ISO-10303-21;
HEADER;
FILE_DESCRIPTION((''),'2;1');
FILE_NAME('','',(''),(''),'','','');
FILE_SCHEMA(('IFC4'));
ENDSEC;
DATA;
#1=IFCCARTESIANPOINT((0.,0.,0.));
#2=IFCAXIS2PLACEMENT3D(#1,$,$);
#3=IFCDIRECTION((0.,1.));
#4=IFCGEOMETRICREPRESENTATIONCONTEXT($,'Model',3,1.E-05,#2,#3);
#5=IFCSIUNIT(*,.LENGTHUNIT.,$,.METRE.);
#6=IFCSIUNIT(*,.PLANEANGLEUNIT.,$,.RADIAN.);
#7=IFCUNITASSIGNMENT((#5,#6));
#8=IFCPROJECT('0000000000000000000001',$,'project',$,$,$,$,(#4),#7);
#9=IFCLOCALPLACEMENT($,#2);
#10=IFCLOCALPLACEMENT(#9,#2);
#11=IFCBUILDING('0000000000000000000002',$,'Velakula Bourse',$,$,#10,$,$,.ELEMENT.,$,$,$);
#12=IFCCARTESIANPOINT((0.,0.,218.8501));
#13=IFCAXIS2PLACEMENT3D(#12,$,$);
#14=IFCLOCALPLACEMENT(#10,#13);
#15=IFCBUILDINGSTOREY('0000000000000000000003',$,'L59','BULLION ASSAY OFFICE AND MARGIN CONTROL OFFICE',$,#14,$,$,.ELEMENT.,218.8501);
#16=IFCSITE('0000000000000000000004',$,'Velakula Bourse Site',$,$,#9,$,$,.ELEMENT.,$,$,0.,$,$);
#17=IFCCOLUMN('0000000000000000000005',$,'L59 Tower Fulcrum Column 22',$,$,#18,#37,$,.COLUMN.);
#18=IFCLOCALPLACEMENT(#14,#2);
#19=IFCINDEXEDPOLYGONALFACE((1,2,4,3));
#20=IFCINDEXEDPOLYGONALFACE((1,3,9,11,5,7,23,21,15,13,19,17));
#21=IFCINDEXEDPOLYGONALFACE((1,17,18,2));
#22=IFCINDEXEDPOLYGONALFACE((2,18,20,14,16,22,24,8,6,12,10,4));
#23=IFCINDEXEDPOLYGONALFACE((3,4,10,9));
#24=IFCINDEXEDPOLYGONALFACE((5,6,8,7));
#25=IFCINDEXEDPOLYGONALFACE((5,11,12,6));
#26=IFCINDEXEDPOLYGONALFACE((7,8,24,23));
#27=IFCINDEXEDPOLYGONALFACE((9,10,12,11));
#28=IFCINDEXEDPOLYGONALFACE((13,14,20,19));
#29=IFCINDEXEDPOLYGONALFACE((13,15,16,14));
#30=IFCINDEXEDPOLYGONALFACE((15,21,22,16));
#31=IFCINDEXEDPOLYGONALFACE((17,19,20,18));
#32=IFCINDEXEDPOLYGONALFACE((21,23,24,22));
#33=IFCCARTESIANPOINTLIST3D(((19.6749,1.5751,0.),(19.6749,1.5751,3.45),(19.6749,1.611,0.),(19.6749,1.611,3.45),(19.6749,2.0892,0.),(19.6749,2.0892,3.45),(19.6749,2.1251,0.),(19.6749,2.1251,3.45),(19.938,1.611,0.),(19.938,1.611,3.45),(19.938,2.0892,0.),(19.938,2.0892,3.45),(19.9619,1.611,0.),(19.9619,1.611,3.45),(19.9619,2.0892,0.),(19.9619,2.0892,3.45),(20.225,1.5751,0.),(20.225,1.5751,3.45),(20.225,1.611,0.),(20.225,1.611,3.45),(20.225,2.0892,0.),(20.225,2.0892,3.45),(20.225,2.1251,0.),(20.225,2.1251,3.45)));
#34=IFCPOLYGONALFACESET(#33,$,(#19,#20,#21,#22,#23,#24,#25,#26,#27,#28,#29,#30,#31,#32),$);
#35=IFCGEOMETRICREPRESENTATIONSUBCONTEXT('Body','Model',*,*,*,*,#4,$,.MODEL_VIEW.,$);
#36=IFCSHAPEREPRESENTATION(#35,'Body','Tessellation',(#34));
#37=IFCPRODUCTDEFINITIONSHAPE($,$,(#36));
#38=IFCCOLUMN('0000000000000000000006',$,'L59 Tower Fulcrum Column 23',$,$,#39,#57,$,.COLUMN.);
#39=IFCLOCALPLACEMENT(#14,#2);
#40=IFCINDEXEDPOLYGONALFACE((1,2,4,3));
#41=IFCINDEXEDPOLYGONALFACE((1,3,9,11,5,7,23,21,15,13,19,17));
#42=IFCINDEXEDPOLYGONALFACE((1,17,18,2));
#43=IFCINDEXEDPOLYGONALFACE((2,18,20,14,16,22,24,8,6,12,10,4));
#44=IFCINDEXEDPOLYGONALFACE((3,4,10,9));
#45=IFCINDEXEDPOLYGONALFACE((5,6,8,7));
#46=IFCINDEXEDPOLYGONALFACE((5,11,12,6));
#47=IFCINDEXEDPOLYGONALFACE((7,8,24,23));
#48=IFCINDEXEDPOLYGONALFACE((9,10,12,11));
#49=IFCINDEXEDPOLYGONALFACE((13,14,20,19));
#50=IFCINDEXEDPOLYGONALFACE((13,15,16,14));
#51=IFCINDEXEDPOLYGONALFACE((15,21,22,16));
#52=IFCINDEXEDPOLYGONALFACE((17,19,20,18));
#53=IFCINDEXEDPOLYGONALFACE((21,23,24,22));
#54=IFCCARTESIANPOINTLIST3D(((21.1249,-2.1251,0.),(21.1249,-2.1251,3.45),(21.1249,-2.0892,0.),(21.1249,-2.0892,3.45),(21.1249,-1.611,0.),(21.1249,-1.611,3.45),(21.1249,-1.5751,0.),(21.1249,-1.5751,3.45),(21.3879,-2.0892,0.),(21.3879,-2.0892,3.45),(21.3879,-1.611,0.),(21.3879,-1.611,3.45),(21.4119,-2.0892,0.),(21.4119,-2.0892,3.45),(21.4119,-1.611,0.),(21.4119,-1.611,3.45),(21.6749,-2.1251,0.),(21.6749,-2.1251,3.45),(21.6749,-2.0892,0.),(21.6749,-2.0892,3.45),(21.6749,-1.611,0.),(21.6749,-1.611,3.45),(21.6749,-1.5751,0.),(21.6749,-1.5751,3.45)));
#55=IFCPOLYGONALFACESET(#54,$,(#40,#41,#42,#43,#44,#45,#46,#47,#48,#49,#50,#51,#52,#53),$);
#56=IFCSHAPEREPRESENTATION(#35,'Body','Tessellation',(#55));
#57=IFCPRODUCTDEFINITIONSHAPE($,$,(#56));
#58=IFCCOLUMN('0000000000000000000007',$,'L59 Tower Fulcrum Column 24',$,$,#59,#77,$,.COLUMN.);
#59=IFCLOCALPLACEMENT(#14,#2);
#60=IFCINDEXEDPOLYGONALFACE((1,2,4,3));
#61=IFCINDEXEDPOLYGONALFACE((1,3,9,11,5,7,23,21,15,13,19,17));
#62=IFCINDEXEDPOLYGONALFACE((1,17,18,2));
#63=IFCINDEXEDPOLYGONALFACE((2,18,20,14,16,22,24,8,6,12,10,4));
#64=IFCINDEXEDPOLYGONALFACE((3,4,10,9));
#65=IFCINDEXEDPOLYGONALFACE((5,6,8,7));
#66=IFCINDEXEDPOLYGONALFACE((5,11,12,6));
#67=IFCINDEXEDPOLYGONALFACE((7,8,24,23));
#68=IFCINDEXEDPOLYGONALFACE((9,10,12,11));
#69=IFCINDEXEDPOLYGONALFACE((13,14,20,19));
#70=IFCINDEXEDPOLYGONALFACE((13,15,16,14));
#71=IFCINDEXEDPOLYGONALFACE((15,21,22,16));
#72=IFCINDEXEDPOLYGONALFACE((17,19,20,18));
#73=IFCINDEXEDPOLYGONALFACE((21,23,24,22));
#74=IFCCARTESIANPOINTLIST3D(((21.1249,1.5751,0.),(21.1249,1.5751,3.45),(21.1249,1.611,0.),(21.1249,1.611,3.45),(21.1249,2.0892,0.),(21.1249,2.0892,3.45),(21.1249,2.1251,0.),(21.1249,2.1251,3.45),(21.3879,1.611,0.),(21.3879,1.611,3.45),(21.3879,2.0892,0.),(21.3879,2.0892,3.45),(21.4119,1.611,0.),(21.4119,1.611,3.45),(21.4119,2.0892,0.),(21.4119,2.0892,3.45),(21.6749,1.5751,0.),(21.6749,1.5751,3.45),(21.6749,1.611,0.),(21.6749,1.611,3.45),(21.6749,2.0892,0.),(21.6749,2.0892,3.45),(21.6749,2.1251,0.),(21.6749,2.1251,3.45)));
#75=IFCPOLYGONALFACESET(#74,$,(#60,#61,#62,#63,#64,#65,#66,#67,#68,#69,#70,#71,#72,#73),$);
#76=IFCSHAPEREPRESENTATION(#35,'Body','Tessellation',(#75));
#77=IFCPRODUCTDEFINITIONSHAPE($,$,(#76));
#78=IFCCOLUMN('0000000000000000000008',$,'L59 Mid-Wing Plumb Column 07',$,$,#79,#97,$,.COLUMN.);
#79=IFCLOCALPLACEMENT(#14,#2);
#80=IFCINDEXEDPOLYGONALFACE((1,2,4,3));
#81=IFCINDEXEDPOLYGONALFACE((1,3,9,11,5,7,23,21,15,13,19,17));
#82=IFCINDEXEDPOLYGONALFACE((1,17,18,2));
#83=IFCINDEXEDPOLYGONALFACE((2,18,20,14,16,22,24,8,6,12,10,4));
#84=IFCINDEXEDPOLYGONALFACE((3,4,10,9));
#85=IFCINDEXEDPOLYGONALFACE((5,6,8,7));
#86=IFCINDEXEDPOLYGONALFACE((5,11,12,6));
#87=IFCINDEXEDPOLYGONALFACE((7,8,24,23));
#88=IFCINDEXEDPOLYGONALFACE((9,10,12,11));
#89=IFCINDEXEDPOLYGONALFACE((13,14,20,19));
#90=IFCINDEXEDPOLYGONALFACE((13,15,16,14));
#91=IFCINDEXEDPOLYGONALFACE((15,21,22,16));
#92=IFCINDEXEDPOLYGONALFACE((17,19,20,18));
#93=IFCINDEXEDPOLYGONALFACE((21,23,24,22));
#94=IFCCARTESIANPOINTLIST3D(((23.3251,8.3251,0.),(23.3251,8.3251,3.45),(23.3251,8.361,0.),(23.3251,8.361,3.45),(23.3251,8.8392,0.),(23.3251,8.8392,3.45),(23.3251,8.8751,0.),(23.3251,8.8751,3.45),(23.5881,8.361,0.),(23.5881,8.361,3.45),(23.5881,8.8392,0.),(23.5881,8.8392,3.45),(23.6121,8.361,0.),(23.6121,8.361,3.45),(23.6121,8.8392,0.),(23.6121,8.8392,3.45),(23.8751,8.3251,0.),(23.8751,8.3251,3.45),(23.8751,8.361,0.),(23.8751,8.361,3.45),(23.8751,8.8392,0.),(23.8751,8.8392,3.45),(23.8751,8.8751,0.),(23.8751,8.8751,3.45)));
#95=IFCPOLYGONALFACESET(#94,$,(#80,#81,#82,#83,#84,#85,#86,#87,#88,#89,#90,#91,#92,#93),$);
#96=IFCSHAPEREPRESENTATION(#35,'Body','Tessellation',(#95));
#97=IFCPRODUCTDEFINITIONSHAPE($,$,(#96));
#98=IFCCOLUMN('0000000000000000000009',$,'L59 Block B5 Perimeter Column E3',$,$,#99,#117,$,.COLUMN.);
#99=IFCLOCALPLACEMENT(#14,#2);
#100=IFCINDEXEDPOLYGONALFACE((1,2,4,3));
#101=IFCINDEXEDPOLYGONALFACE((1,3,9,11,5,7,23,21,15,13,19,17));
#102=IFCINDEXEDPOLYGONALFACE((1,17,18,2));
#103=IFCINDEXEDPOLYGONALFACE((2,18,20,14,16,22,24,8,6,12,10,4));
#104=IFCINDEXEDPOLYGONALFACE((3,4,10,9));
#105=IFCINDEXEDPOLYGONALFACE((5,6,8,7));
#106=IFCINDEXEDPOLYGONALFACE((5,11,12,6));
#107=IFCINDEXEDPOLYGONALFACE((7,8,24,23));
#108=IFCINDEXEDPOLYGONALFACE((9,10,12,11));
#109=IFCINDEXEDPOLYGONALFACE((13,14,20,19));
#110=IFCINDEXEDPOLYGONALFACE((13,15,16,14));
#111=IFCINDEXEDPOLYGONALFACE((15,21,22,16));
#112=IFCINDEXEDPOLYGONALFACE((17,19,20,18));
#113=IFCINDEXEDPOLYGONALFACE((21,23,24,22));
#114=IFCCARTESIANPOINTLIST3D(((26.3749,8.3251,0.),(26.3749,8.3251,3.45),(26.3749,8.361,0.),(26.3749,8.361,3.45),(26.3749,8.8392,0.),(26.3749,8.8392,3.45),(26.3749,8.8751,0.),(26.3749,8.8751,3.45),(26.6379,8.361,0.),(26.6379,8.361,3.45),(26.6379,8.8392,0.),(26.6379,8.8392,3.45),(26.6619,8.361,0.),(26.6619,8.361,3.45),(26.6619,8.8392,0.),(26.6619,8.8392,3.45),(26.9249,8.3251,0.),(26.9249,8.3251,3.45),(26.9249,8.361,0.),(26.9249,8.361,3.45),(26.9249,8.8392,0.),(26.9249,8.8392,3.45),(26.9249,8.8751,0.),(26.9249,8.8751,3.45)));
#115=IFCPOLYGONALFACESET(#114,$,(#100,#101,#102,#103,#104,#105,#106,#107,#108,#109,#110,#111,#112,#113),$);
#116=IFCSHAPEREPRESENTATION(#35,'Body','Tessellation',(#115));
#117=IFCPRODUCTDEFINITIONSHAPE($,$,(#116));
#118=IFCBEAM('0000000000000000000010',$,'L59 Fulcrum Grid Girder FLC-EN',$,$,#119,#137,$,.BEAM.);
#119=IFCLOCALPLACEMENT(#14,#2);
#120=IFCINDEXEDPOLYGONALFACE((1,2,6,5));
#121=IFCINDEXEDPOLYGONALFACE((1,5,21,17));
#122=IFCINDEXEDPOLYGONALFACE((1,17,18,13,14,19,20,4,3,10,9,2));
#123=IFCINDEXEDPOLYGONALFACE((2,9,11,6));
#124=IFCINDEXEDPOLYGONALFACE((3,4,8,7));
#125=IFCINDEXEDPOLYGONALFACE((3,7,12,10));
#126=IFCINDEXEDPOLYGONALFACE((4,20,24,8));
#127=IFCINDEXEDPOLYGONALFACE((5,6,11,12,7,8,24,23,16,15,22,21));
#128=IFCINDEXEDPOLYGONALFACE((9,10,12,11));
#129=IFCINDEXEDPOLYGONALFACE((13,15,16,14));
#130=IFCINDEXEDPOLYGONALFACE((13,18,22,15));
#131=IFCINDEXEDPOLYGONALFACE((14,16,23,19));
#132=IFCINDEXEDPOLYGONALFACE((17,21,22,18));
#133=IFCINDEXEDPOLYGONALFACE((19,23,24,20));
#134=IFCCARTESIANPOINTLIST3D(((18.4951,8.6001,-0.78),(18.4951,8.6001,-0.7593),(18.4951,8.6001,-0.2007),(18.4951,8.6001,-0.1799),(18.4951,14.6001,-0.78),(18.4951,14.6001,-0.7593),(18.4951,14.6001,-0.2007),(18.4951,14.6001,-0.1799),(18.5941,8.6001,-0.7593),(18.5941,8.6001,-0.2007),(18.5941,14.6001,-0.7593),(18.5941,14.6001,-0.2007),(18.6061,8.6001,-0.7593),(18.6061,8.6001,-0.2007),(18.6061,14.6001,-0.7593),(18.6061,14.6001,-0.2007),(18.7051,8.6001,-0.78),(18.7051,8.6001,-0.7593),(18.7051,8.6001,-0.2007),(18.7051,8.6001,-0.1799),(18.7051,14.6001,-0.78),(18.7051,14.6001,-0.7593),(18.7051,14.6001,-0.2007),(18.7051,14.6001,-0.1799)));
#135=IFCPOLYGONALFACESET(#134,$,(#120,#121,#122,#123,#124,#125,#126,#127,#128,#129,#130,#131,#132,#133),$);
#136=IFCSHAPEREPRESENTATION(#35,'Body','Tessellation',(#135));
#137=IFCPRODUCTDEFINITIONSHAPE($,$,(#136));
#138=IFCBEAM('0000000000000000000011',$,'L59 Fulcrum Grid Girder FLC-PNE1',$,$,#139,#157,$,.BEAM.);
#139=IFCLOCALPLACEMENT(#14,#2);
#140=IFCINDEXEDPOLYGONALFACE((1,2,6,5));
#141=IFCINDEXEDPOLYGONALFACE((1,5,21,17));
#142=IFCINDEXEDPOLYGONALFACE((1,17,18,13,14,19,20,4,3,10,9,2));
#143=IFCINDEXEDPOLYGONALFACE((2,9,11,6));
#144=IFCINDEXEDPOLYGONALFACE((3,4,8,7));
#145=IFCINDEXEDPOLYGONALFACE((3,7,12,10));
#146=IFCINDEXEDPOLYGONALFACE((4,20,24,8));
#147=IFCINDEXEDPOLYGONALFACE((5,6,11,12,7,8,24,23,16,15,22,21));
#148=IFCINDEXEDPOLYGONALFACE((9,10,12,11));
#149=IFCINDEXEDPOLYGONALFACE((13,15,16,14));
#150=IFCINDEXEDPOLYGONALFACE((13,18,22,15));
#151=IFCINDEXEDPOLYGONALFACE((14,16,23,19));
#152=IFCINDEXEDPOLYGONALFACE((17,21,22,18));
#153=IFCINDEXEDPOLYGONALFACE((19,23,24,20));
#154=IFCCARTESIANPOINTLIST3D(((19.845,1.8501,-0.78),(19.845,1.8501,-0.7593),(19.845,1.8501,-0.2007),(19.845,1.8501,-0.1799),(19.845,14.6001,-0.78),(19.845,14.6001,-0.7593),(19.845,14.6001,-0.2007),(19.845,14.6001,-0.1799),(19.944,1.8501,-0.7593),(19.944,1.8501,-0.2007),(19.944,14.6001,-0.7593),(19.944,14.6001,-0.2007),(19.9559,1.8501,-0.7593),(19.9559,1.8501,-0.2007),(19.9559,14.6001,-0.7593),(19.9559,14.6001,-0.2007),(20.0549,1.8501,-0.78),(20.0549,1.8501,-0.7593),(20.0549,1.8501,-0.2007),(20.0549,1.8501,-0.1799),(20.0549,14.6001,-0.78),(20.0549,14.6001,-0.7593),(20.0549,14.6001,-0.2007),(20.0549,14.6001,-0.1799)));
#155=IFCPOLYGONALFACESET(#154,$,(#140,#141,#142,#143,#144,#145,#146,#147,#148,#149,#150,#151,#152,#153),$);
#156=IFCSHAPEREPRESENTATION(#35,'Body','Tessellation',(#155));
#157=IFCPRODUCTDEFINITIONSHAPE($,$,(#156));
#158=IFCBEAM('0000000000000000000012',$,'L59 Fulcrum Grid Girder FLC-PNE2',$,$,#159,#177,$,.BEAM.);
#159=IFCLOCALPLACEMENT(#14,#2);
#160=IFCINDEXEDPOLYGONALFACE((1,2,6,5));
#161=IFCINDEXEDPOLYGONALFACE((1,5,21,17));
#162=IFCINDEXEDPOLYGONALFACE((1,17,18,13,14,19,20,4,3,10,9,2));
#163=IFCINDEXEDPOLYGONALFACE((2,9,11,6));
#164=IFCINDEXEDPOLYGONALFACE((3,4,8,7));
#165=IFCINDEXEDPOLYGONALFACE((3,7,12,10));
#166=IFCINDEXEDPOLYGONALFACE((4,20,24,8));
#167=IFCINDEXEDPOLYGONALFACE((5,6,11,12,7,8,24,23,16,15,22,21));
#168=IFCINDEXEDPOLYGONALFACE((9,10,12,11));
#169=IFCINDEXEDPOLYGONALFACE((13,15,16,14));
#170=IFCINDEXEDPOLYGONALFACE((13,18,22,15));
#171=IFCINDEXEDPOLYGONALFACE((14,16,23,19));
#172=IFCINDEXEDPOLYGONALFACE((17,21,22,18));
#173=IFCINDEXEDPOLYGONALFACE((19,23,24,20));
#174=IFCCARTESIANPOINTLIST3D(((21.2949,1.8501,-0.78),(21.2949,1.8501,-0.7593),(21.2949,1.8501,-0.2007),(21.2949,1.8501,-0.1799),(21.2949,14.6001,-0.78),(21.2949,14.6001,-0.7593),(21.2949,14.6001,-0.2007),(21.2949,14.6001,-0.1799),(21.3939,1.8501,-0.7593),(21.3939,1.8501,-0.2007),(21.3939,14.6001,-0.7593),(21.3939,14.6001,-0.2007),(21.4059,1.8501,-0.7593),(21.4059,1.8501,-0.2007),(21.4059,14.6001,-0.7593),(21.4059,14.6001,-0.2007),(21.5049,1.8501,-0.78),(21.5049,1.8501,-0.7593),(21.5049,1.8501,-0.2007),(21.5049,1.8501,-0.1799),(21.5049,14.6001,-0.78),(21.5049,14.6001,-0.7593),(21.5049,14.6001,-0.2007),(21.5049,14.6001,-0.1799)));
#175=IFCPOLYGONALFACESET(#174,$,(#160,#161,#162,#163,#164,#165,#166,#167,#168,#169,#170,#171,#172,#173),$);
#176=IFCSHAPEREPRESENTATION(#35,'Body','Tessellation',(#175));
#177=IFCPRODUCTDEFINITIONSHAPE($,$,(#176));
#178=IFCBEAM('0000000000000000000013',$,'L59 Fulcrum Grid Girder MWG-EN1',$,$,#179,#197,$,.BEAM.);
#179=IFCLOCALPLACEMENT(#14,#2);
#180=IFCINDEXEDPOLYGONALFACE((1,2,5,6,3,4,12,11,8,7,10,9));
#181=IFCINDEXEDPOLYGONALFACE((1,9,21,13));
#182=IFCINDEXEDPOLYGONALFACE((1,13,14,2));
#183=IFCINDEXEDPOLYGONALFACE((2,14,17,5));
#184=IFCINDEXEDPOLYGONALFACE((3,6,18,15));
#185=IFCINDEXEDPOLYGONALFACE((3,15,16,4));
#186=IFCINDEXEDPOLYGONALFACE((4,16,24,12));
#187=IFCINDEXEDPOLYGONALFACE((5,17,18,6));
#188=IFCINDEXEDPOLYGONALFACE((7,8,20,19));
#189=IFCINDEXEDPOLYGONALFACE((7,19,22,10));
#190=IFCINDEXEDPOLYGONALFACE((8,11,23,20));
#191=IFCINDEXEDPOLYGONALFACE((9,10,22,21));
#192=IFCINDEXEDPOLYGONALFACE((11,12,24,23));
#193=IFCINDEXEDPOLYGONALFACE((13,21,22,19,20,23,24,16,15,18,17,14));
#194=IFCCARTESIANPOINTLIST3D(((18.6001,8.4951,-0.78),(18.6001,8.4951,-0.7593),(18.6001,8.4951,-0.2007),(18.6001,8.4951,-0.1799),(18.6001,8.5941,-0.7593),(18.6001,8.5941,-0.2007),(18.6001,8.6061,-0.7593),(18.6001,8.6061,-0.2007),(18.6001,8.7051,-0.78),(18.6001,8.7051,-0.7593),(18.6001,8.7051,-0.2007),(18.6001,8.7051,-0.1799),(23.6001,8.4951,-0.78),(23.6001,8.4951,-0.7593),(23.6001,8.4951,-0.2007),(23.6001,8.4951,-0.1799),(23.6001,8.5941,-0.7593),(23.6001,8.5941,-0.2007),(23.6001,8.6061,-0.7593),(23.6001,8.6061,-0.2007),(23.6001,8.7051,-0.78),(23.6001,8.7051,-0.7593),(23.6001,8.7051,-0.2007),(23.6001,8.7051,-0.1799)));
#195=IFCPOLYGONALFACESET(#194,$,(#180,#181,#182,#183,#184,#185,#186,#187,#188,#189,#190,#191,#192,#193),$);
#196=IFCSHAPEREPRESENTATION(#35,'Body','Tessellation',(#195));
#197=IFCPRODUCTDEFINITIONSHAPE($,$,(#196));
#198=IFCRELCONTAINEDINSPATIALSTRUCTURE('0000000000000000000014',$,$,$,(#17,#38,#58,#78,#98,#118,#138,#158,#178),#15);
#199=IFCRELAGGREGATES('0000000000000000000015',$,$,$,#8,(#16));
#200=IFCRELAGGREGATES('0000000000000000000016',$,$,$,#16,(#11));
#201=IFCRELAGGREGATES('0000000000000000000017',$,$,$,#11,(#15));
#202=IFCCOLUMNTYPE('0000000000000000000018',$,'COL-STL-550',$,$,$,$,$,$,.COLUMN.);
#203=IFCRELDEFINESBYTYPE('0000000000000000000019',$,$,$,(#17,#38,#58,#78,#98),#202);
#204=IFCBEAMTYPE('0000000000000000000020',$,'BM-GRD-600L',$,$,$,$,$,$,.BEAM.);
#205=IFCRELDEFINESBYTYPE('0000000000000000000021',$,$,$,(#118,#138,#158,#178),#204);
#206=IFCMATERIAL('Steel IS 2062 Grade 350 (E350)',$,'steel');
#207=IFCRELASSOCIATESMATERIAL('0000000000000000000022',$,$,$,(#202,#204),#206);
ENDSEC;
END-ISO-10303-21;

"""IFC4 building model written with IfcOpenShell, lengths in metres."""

from ifc_helpers import new_model, si_unit, direction, frame, origin, origin_2d, place, context, subcontext, project, spatial, i_section, extrude, material, material_profile, profile_set, type_object, element, save


model = new_model("IFC4")

# Units and contexts
model_context = context("Model", 3, precision=1e-05, world=origin(), true_north=direction((0.0, 1.0)))
body_context = subcontext(model_context, "Body", "Model", "MODEL_VIEW")
ifc_project = project(units=[si_unit("LENGTHUNIT", "METRE"), si_unit("PLANEANGLEUNIT", "RADIAN")], contexts=[model_context])

# Site, building, storey
site_placement = place(None, origin())
site = spatial("IfcSite", under=ifc_project, at=site_placement, Name="Velakula Bourse Site", CompositionType="ELEMENT", RefElevation=0.0)
building_placement = place(site_placement, origin())
building = spatial("IfcBuilding", under=site, at=building_placement, Name="Velakula Bourse", CompositionType="ELEMENT")
storey_placement = place(building_placement, frame((0.0, 0.0, 218.8501)))
storey = spatial("IfcBuildingStorey", under=building, at=storey_placement, Name="L59", Description="BULLION ASSAY OFFICE AND MARGIN CONTROL OFFICE", CompositionType="ELEMENT", Elevation=218.8501)

# Columns
ifc_material_1 = material(Name="Steel IS 2062 Grade 350 (E350)", Category="steel")
ifc_material_profile_1 = material_profile(ifc_material_1, i_section(OverallWidth=0.55, OverallDepth=0.55, WebThickness=0.0239, FlangeThickness=0.0359, at=origin_2d()), Name="Steel IS 2062 Grade 350 (E350)")
ifc_profile_set_1 = profile_set([ifc_material_profile_1], Name="Steel IS 2062 Grade 350 (E350)")
column_type = type_object("IfcColumnType", Name="COL-STL-550", PredefinedType="COLUMN", material=ifc_profile_set_1)
for number, where, z_axis, x_axis, name in (
    (1, (19.95, 1.8501, 0.0), (0.0, 0.0, 1.0), (1.0, 0.0, 0.0), "L59 Tower Fulcrum Column 22"),
    (2, (21.3999, -1.8501, 0.0), (0.0, 0.0, 1.0), (1.0, 0.0, 0.0), "L59 Tower Fulcrum Column 23"),
    (3, (21.3999, 1.8501, 0.0), (0.0, 0.0, 1.0), (1.0, 0.0, 0.0), "L59 Tower Fulcrum Column 24"),
    (4, (23.6001, 8.6001, 0.0), (0.0, 0.0, 1.0), (1.0, 0.0, 0.0), "L59 Mid-Wing Plumb Column 07"),
    (5, (26.6499, 8.6001, 0.0), (0.0, 0.0, 1.0), (1.0, 0.0, 0.0), "L59 Block B5 Perimeter Column E3"),
):
    element("IfcColumn", number, at=place(storey_placement, frame(where, z_axis=z_axis, x_axis=x_axis)), inside=storey, type_object=column_type, Name=name, PredefinedType="COLUMN", context=body_context, shape_type="SweptSolid", body=[
        extrude(i_section(OverallWidth=0.55, OverallDepth=0.55, WebThickness=0.0239, FlangeThickness=0.0359, at=origin_2d()), origin(), (0.0, 0.0, 1.0), 3.45),
    ])

# Beams
ifc_material_profile_2 = material_profile(ifc_material_1, i_section(OverallWidth=0.21, OverallDepth=0.6001, WebThickness=0.012, FlangeThickness=0.0208, at=origin_2d()), Name="Steel IS 2062 Grade 350 (E350)")
ifc_profile_set_2 = profile_set([ifc_material_profile_2], Name="Steel IS 2062 Grade 350 (E350)")
beam_type_1 = type_object("IfcBeamType", Name="BM-GRD-600L", PredefinedType="BEAM", material=ifc_profile_set_2)
beam_1_placement = place(storey_placement, frame((18.6001, 8.6001, -0.48), z_axis=(0.0, 1.0, 0.0), x_axis=(-1.0, 0.0, 0.0)))
element("IfcBeam", 6, at=beam_1_placement, inside=storey, type_object=beam_type_1, Name="L59 Fulcrum Grid Girder FLC-EN", PredefinedType="BEAM", context=body_context, shape_type="SweptSolid", body=[
    extrude(i_section(OverallWidth=0.21, OverallDepth=0.6001, WebThickness=0.012, FlangeThickness=0.0208, at=origin_2d()), origin(), (0.0, 0.0, 1.0), 6.0),
])
for number, where, z_axis, x_axis, name in (
    (7, (19.95, 1.8501, -0.48), (0.0, 1.0, 0.0), (-1.0, 0.0, 0.0), "L59 Fulcrum Grid Girder FLC-PNE1"),
    (8, (21.3999, 1.8501, -0.48), (0.0, 1.0, 0.0), (-1.0, 0.0, 0.0), "L59 Fulcrum Grid Girder FLC-PNE2"),
):
    element("IfcBeam", number, at=place(storey_placement, frame(where, z_axis=z_axis, x_axis=x_axis)), inside=storey, type_object=beam_type_1, Name=name, PredefinedType="BEAM", context=body_context, shape_type="SweptSolid", body=[
        extrude(i_section(OverallWidth=0.21, OverallDepth=0.6001, WebThickness=0.012, FlangeThickness=0.0208, at=origin_2d()), origin(), (0.0, 0.0, 1.0), 12.75),
    ])
beam_2_placement = place(storey_placement, frame((18.6001, 8.6001, -0.48), z_axis=(1.0, 0.0, 0.0), x_axis=(0.0, 1.0, 0.0)))
element("IfcBeam", 9, at=beam_2_placement, inside=storey, type_object=beam_type_1, Name="L59 Fulcrum Grid Girder MWG-EN1", PredefinedType="BEAM", context=body_context, shape_type="SweptSolid", body=[
    extrude(i_section(OverallWidth=0.21, OverallDepth=0.6001, WebThickness=0.012, FlangeThickness=0.0208, at=origin_2d()), origin(), (0.0, 0.0, 1.0), 5.0),
])

save(model, "model.ifc")
